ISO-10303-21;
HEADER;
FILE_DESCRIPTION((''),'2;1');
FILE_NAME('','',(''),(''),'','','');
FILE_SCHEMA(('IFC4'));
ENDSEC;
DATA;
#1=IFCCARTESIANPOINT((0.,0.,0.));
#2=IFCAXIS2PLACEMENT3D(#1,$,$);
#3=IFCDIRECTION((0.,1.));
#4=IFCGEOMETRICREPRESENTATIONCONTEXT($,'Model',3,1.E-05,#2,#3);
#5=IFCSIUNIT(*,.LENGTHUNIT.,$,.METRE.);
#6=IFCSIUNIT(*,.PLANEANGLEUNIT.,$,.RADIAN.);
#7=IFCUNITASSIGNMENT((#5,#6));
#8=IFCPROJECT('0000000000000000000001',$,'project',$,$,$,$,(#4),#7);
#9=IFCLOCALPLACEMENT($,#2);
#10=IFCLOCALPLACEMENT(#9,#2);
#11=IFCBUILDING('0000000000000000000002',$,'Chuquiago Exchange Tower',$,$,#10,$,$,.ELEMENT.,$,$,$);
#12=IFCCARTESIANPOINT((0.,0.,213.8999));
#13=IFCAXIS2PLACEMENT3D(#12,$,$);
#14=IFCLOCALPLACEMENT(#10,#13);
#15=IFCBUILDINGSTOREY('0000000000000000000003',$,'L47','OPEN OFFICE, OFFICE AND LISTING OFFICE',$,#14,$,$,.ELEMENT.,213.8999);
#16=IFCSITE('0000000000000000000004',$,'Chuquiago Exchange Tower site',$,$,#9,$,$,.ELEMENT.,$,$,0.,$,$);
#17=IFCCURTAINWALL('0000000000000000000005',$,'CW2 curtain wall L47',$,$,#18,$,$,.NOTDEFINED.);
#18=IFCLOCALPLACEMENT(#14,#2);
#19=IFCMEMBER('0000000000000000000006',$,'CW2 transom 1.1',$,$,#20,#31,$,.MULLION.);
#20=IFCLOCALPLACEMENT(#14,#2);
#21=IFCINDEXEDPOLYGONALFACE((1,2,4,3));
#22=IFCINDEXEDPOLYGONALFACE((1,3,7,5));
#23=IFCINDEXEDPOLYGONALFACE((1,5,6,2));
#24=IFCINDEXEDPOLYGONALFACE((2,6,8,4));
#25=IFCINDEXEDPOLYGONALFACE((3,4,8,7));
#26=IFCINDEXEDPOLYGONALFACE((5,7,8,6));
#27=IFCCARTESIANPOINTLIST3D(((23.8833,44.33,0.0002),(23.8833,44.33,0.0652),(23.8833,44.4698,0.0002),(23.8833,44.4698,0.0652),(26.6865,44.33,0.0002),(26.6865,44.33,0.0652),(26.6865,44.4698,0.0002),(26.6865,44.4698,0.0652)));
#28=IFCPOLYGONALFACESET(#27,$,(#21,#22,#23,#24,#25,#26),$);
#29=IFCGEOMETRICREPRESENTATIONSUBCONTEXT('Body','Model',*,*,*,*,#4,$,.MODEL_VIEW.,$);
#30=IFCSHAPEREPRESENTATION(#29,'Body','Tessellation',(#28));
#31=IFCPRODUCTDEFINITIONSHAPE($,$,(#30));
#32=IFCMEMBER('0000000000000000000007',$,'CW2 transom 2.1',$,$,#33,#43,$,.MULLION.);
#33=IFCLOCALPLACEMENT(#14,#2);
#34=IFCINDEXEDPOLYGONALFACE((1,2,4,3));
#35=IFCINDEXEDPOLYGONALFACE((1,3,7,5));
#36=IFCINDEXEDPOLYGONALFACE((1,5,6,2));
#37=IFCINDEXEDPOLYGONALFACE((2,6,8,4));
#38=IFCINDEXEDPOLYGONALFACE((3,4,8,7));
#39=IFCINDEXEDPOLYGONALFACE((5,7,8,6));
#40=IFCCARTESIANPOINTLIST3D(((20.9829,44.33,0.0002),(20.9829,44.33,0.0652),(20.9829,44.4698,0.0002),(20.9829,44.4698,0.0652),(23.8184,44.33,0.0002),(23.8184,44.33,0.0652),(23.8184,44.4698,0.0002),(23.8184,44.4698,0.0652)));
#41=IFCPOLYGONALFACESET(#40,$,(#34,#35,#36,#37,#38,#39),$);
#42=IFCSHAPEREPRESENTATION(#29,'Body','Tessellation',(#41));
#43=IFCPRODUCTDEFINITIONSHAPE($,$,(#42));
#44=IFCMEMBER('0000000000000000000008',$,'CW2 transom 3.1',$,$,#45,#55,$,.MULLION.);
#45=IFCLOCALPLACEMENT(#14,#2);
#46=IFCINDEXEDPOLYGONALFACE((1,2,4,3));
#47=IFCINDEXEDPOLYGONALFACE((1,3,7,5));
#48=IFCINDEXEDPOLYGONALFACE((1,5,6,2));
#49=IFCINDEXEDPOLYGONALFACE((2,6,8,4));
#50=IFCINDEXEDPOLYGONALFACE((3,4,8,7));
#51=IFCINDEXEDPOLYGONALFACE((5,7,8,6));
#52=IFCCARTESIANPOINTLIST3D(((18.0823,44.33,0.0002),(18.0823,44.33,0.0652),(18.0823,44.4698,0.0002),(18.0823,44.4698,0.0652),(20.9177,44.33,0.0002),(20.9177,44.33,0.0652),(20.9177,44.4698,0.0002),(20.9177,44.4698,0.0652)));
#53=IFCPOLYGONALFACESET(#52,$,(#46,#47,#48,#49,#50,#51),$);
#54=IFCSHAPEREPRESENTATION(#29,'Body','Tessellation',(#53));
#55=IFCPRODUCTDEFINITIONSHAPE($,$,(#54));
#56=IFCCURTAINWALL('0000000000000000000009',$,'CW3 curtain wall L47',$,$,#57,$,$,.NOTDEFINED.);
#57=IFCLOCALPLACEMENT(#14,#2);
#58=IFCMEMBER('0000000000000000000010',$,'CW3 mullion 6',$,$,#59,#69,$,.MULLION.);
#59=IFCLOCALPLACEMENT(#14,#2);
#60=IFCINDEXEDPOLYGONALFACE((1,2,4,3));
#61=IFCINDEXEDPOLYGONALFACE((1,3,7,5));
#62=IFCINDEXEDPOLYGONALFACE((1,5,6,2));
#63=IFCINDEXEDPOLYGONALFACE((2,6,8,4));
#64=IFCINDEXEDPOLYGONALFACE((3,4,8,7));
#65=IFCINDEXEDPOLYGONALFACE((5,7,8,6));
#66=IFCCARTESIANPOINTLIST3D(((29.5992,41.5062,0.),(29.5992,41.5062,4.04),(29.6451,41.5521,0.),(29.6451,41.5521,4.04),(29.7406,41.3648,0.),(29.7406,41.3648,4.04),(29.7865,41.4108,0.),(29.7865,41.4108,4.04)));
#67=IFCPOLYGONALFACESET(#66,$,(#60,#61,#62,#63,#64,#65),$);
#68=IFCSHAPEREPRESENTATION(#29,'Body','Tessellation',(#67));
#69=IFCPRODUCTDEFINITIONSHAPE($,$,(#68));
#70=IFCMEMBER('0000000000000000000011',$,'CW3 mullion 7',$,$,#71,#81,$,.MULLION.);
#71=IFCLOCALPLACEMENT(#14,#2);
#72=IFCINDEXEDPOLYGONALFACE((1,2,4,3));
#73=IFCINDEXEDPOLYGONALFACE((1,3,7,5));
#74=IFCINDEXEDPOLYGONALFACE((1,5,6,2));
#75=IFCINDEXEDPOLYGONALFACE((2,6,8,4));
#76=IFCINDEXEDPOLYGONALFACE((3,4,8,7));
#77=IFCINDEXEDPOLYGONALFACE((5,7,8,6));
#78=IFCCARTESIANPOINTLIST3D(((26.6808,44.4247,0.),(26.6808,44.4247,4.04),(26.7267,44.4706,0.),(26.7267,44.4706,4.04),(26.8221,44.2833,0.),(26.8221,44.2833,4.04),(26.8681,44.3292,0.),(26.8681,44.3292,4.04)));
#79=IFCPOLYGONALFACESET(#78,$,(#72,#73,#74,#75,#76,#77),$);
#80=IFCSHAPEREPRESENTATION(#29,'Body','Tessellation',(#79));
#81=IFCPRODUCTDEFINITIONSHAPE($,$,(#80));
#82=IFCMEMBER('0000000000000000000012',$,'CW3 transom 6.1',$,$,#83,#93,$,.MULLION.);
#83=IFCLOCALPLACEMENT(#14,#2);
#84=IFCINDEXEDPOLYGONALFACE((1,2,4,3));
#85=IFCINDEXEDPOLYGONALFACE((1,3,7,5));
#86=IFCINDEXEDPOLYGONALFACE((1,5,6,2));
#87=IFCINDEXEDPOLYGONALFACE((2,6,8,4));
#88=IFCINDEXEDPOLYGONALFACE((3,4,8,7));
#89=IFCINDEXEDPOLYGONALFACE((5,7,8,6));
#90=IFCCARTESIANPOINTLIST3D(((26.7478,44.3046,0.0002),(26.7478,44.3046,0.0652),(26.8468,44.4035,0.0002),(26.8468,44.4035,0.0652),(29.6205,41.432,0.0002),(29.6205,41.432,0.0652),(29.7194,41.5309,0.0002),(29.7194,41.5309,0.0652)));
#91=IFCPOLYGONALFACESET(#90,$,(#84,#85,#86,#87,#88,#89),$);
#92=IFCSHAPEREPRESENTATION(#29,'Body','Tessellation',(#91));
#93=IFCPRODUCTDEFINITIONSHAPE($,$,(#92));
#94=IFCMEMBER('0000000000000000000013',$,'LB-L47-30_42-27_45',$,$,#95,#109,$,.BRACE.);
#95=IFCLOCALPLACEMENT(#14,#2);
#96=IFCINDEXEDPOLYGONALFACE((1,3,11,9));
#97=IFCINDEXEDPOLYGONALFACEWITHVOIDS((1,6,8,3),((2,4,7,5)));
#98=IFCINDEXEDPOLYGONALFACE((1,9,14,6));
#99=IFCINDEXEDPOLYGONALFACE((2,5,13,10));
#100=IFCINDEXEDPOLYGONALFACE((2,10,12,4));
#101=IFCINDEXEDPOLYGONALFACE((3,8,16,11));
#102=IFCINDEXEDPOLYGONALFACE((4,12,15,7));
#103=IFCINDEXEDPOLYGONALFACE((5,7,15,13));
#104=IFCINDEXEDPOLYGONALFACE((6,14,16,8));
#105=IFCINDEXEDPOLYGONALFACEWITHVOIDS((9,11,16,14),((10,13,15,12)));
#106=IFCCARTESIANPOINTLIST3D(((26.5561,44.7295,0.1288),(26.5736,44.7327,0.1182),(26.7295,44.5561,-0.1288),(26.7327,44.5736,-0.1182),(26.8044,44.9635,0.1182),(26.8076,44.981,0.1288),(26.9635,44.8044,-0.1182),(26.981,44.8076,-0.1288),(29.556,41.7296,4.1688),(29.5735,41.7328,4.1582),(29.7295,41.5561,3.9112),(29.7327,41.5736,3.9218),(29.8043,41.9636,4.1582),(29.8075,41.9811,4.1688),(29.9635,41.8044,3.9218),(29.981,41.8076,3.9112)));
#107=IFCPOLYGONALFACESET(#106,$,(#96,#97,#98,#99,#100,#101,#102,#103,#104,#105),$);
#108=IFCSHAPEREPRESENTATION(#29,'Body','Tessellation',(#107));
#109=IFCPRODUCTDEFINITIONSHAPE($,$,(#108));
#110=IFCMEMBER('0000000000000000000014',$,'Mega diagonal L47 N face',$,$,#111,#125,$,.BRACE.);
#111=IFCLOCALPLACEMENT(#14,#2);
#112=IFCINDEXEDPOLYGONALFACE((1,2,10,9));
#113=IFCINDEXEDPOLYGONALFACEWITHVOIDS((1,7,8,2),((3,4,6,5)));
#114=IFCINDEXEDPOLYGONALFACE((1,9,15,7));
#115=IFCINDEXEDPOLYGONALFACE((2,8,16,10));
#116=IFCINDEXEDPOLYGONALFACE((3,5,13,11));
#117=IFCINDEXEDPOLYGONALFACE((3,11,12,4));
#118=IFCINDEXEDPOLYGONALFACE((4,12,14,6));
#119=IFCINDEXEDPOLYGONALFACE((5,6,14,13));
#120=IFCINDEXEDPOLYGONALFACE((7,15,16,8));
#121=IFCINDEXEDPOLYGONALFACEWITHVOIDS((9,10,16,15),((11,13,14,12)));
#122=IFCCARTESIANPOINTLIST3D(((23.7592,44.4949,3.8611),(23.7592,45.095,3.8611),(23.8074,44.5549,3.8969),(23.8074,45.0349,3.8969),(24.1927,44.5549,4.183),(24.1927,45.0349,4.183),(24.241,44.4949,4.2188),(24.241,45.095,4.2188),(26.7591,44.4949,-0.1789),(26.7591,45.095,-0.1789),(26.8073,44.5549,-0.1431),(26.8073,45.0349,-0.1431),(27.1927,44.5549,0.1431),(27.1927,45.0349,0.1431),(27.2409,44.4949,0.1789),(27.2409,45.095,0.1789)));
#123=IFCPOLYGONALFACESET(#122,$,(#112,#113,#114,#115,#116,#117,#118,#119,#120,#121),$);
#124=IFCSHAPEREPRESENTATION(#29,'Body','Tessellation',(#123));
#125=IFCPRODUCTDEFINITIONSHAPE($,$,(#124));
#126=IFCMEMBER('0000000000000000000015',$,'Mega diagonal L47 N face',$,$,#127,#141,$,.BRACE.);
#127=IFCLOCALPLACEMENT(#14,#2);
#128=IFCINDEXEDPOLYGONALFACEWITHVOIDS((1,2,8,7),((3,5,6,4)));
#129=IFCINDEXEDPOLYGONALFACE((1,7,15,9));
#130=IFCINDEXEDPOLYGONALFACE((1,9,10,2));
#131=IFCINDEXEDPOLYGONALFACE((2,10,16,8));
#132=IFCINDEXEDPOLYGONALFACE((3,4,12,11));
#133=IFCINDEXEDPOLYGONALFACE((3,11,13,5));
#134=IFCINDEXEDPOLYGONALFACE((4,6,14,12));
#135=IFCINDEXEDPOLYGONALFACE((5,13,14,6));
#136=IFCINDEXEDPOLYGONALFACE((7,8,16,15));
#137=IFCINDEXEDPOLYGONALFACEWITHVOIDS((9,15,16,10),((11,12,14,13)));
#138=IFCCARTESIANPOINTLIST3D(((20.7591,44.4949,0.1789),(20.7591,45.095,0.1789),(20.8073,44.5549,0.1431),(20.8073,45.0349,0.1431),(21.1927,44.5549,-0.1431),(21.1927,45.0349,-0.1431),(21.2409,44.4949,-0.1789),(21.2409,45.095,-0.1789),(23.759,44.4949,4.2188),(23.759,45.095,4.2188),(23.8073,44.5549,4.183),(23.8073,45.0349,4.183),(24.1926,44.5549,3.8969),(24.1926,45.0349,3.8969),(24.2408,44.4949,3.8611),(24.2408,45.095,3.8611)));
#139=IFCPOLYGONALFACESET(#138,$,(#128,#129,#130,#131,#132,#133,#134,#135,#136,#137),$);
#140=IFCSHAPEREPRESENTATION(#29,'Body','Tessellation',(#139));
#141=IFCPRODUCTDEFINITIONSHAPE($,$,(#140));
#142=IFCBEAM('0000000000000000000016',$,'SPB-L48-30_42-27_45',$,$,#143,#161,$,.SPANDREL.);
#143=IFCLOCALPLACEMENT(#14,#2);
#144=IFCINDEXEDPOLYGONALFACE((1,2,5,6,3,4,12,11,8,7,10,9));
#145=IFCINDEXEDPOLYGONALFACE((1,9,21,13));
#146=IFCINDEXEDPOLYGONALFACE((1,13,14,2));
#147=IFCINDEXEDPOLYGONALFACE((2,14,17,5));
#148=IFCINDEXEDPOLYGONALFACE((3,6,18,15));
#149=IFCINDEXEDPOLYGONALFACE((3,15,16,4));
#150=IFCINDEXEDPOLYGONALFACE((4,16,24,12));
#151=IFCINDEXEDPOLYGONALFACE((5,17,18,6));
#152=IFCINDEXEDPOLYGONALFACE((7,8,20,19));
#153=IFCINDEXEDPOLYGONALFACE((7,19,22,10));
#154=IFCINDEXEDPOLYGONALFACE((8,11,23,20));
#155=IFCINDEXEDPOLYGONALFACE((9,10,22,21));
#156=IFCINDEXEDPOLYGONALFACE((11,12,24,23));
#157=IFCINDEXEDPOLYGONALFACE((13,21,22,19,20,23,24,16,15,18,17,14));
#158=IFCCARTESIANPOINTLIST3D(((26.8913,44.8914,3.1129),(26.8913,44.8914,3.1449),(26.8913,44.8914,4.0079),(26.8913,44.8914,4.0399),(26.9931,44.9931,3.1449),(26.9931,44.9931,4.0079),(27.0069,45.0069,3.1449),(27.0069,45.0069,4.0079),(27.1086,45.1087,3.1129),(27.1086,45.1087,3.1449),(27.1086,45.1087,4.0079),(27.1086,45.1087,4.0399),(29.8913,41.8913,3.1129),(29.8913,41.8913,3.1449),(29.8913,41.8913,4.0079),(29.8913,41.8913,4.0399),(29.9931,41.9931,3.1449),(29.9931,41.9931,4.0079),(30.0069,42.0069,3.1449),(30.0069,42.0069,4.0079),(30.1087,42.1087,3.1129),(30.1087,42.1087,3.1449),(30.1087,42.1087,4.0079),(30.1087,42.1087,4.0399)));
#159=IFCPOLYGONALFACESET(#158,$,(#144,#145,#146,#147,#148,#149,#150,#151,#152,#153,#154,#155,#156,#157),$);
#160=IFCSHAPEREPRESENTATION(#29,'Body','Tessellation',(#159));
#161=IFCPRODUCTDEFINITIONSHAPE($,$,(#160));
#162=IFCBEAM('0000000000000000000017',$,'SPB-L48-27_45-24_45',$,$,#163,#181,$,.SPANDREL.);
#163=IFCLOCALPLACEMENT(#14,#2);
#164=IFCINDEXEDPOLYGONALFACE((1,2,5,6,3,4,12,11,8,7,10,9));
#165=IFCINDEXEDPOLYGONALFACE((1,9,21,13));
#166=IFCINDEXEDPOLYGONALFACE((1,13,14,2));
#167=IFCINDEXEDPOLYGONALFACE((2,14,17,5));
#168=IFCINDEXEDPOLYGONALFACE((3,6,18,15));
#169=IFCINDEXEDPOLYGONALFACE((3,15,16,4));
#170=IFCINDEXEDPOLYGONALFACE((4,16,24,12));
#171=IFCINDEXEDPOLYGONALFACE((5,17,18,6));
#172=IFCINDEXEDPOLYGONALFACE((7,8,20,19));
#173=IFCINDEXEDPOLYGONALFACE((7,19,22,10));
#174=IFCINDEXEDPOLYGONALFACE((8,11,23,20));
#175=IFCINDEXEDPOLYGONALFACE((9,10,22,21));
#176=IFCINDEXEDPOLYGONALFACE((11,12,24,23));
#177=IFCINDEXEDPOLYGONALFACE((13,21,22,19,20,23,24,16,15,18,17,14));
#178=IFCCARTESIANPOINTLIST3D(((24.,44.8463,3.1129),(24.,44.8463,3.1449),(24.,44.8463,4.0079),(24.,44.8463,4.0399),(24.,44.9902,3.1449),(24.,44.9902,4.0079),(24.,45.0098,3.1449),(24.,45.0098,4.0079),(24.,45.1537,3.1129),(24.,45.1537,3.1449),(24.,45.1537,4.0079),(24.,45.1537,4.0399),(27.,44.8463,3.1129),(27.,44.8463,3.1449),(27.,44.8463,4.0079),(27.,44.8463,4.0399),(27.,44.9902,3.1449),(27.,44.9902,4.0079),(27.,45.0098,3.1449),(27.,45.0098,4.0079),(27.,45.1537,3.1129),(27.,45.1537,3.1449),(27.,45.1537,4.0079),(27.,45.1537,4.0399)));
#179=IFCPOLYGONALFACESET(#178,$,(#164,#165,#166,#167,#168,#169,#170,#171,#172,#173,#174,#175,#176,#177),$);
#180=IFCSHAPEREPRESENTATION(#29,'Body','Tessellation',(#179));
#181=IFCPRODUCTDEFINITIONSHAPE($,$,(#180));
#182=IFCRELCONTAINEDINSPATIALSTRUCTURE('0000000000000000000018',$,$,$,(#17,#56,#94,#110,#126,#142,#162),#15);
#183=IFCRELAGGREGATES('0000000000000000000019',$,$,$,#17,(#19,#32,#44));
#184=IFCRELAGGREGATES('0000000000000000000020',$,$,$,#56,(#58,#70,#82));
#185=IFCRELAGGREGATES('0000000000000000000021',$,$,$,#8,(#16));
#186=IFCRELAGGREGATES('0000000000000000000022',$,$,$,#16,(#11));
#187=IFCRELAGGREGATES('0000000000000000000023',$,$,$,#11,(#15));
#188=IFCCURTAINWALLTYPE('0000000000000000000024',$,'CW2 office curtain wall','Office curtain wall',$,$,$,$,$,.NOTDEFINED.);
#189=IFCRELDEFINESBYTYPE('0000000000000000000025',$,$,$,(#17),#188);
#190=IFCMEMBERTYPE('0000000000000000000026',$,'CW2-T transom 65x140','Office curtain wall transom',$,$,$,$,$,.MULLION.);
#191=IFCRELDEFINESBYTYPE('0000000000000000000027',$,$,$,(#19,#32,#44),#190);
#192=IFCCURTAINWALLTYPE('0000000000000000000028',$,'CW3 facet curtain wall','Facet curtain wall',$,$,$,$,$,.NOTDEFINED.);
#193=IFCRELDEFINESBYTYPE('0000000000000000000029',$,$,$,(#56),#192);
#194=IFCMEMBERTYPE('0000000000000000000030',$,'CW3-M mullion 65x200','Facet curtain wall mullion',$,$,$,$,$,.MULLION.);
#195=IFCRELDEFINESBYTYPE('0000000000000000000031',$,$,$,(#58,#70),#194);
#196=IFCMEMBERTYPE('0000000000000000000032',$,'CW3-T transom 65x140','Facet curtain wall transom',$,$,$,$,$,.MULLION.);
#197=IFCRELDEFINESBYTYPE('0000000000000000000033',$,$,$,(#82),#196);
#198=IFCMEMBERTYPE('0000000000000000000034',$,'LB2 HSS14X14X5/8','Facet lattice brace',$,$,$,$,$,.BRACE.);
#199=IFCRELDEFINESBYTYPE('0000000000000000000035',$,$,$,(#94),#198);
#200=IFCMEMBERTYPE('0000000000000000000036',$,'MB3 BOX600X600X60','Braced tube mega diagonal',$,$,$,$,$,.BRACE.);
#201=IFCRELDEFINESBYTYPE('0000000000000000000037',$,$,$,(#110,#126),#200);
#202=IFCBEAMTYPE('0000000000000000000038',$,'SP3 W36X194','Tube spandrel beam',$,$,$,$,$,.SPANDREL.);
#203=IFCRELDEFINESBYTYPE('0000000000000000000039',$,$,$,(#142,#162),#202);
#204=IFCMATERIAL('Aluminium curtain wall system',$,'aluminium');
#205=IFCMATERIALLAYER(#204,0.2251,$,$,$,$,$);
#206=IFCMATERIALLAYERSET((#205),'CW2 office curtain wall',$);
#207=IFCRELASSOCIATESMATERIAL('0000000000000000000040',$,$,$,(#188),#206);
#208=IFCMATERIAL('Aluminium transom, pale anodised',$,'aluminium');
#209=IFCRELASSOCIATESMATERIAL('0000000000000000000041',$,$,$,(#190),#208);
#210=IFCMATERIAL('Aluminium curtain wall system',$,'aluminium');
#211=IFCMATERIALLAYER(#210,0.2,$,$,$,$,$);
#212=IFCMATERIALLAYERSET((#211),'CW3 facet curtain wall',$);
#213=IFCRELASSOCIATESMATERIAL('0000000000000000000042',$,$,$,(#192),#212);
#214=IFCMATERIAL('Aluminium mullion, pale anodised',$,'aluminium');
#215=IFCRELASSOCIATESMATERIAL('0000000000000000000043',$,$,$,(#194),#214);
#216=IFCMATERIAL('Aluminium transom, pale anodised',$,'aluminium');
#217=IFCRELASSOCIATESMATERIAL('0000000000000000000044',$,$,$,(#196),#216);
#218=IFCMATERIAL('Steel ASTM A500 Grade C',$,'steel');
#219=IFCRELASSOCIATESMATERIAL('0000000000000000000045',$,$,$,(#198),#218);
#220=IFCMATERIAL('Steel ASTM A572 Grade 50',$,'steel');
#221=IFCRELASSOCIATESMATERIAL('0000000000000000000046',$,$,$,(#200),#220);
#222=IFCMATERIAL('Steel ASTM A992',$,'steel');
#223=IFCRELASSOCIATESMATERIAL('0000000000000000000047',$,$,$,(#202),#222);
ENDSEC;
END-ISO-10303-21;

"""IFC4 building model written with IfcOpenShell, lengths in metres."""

from ifc_helpers import new_model, si_unit, direction, frame, origin, origin_2d, place, context, subcontext, project, spatial, rectangle, hollow_rectangle, i_section, extrude, material, layer, layer_set, material_profile, profile_set, type_object, element, aggregate, save


model = new_model("IFC4")

# Units and contexts
model_context = context("Model", 3, precision=1e-05, world=origin(), true_north=direction((0.0, 1.0)))
body_context = subcontext(model_context, "Body", "Model", "MODEL_VIEW")
ifc_project = project(units=[si_unit("LENGTHUNIT", "METRE"), si_unit("PLANEANGLEUNIT", "RADIAN")], contexts=[model_context])

# Site, building, storey
site_placement = place(None, origin())
site = spatial("IfcSite", under=ifc_project, at=site_placement, Name="Chuquiago Exchange Tower site", CompositionType="ELEMENT", RefElevation=0.0)
building_placement = place(site_placement, origin())
building = spatial("IfcBuilding", under=site, at=building_placement, Name="Chuquiago Exchange Tower", CompositionType="ELEMENT")
storey_placement = place(building_placement, frame((0.0, 0.0, 213.8999)))
storey = spatial("IfcBuildingStorey", under=building, at=storey_placement, Name="L47", Description="OPEN OFFICE, OFFICE AND LISTING OFFICE", CompositionType="ELEMENT", Elevation=213.8999)

# Curtain walls, members
ifc_material_1 = material(Name="Aluminium curtain wall system", Category="aluminium")
ifc_layer_1 = layer(ifc_material_1, 0.2251)
ifc_layer_set_1 = layer_set([ifc_layer_1], Name="CW2 office curtain wall")
curtain_wall_type_1 = type_object("IfcCurtainWallType", Name="CW2 office curtain wall", Description="Office curtain wall", PredefinedType="NOTDEFINED", material=ifc_layer_set_1)
curtain_wall_1_placement = place(storey_placement, origin())
curtain_wall_1 = element("IfcCurtainWall", 1, at=curtain_wall_1_placement, inside=storey, type_object=curtain_wall_type_1, Name="CW2 curtain wall L47", PredefinedType="NOTDEFINED")
ifc_material_2 = material(Name="Aluminium transom, pale anodised", Category="aluminium")
ifc_material_profile_1 = material_profile(ifc_material_2, rectangle(XDim=0.1399, YDim=0.0649, at=origin_2d()), Name="AL 140x65")
ifc_profile_set_1 = profile_set([ifc_material_profile_1], Name="Aluminium transom, pale anodised")
member_type_1 = type_object("IfcMemberType", Name="CW2-T transom 65x140", Description="Office curtain wall transom", PredefinedType="MULLION", material=ifc_profile_set_1)
member_1_placement = place(storey_placement, frame((26.6865, 44.3999, 0.0327), z_axis=(-1.0, 0.0, 0.0), x_axis=(0.0, -1.0, 0.0)))
member_1 = element("IfcMember", 2, at=member_1_placement, type_object=member_type_1, Name="CW2 transom 1.1", PredefinedType="MULLION", context=body_context, shape_type="SweptSolid", body=[
    extrude(rectangle(XDim=0.1399, YDim=0.0649, at=origin_2d()), origin(), (0.0, 0.0, 1.0), 2.8032),
])
member_2_placement = place(storey_placement, frame((23.8184, 44.3999, 0.0327), z_axis=(-1.0, 0.0, 0.0), x_axis=(0.0, -1.0, 0.0)))
member_2 = element("IfcMember", 3, at=member_2_placement, type_object=member_type_1, Name="CW2 transom 2.1", PredefinedType="MULLION", context=body_context, shape_type="SweptSolid", body=[
    extrude(rectangle(XDim=0.1399, YDim=0.0649, at=origin_2d()), origin(), (0.0, 0.0, 1.0), 2.8354),
])
member_3_placement = place(storey_placement, frame((20.9177, 44.3999, 0.0327), z_axis=(-1.0, 0.0, 0.0), x_axis=(0.0, -1.0, 0.0)))
member_3 = element("IfcMember", 4, at=member_3_placement, type_object=member_type_1, Name="CW2 transom 3.1", PredefinedType="MULLION", context=body_context, shape_type="SweptSolid", body=[
    extrude(rectangle(XDim=0.1399, YDim=0.0649, at=origin_2d()), origin(), (0.0, 0.0, 1.0), 2.8354),
])
ifc_material_3 = material(Name="Aluminium curtain wall system", Category="aluminium")
ifc_layer_2 = layer(ifc_material_3, 0.2)
ifc_layer_set_2 = layer_set([ifc_layer_2], Name="CW3 facet curtain wall")
curtain_wall_type_2 = type_object("IfcCurtainWallType", Name="CW3 facet curtain wall", Description="Facet curtain wall", PredefinedType="NOTDEFINED", material=ifc_layer_set_2)
curtain_wall_2_placement = place(storey_placement, origin())
curtain_wall_2 = element("IfcCurtainWall", 5, at=curtain_wall_2_placement, inside=storey, type_object=curtain_wall_type_2, Name="CW3 curtain wall L47", PredefinedType="NOTDEFINED")
ifc_material_4 = material(Name="Aluminium mullion, pale anodised", Category="aluminium")
ifc_material_profile_2 = material_profile(ifc_material_4, rectangle(XDim=0.0649, YDim=0.2, at=origin_2d()), Name="AL 65x200")
ifc_profile_set_2 = profile_set([ifc_material_profile_2], Name="Aluminium mullion, pale anodised")
member_type_2 = type_object("IfcMemberType", Name="CW3-M mullion 65x200", Description="Facet curtain wall mullion", PredefinedType="MULLION", material=ifc_profile_set_2)
member_4_placement = place(storey_placement, frame((29.6929, 41.4585, 0.0), z_axis=(0.0, 0.0, 1.0), x_axis=(-0.707107, -0.707107, 0.0)))
member_4 = element("IfcMember", 6, at=member_4_placement, type_object=member_type_2, Name="CW3 mullion 6", PredefinedType="MULLION", context=body_context, shape_type="SweptSolid", body=[
    extrude(rectangle(XDim=0.0649, YDim=0.2, at=origin_2d()), origin(), (0.0, 0.0, 1.0), 4.04),
])
member_5_placement = place(storey_placement, frame((26.7744, 44.377, 0.0), z_axis=(0.0, 0.0, 1.0), x_axis=(-0.707107, -0.707107, 0.0)))
member_5 = element("IfcMember", 7, at=member_5_placement, type_object=member_type_2, Name="CW3 mullion 7", PredefinedType="MULLION", context=body_context, shape_type="SweptSolid", body=[
    extrude(rectangle(XDim=0.0649, YDim=0.2, at=origin_2d()), origin(), (0.0, 0.0, 1.0), 4.04),
])
ifc_material_5 = material(Name="Aluminium transom, pale anodised", Category="aluminium")
ifc_material_profile_3 = material_profile(ifc_material_5, rectangle(XDim=0.1399, YDim=0.0649, at=origin_2d()), Name="AL 140x65")
ifc_profile_set_3 = profile_set([ifc_material_profile_3], Name="Aluminium transom, pale anodised")
member_type_3 = type_object("IfcMemberType", Name="CW3-T transom 65x140", Description="Facet curtain wall transom", PredefinedType="MULLION", material=ifc_profile_set_3)
member_6_placement = place(storey_placement, frame((29.6699, 41.4814, 0.0327), z_axis=(-0.707107, 0.707107, 0.0), x_axis=(-0.707107, -0.707107, 0.0)))
member_6 = element("IfcMember", 8, at=member_6_placement, type_object=member_type_3, Name="CW3 transom 6.1", PredefinedType="MULLION", context=body_context, shape_type="SweptSolid", body=[
    extrude(rectangle(XDim=0.1399, YDim=0.0649, at=origin_2d()), origin(), (0.0, 0.0, 1.0), 4.0625),
])

# Members
ifc_material_6 = material(Name="Steel ASTM A500 Grade C", Category="steel")
ifc_material_profile_4 = material_profile(ifc_material_6, hollow_rectangle(XDim=0.3557, YDim=0.3557, WallThickness=0.0146, at=origin_2d()), Name="HSS14X14X5/8")
ifc_profile_set_4 = profile_set([ifc_material_profile_4], Name="Steel ASTM A500 Grade C")
member_type_4 = type_object("IfcMemberType", Name="LB2 HSS14X14X5/8", Description="Facet lattice brace", PredefinedType="BRACE", material=ifc_profile_set_4)
member_7_placement = place(storey_placement, frame((26.7686, 44.7686, 0.0), z_axis=(0.512077, -0.512077, 0.689604), x_axis=(0.707107, 0.707107, 0.0)))
element("IfcMember", 9, at=member_7_placement, inside=storey, type_object=member_type_4, Name="LB-L47-30_42-27_45", PredefinedType="BRACE", context=body_context, shape_type="SweptSolid", body=[
    extrude(hollow_rectangle(XDim=0.3557, YDim=0.3557, WallThickness=0.0146, at=origin_2d()), origin(), (0.0, 0.0, 1.0), 5.8584),
])
ifc_material_7 = material(Name="Steel ASTM A572 Grade 50", Category="steel")
ifc_material_profile_5 = material_profile(ifc_material_7, hollow_rectangle(XDim=0.6001, YDim=0.6001, WallThickness=0.0601, at=origin_2d()), Name="BOX600X600X60")
ifc_profile_set_5 = profile_set([ifc_material_profile_5], Name="Steel ASTM A572 Grade 50")
member_type_5 = type_object("IfcMemberType", Name="MB3 BOX600X600X60", Description="Braced tube mega diagonal", PredefinedType="BRACE", material=ifc_profile_set_5)
for number, where, z_axis, x_axis, name in (
    (10, (27.0, 44.7949, 0.0), (-0.596174, 0.0, 0.802855), (0.0, -1.0, 0.0), "Mega diagonal L47 N face"),
    (11, (21.0, 44.7949, 0.0), (0.596174, 0.0, 0.802855), (0.0, 1.0, 0.0), "Mega diagonal L47 N face"),
):
    element("IfcMember", number, at=place(storey_placement, frame(where, z_axis=z_axis, x_axis=x_axis)), inside=storey, type_object=member_type_5, Name=name, PredefinedType="BRACE", context=body_context, shape_type="SweptSolid", body=[
        extrude(hollow_rectangle(XDim=0.6001, YDim=0.6001, WallThickness=0.0601, at=origin_2d()), origin(), (0.0, 0.0, 1.0), 5.032),
    ])

# Beams
ifc_material_8 = material(Name="Steel ASTM A992", Category="steel")
ifc_material_profile_6 = material_profile(ifc_material_8, i_section(OverallWidth=0.3074, OverallDepth=0.927, WebThickness=0.0195, FlangeThickness=0.032, at=origin_2d()), Name="W36X194")
ifc_profile_set_6 = profile_set([ifc_material_profile_6], Name="Steel ASTM A992")
beam_type_1 = type_object("IfcBeamType", Name="SP3 W36X194", Description="Tube spandrel beam", PredefinedType="SPANDREL", material=ifc_profile_set_6)
beam_1_placement = place(storey_placement, frame((30.0, 42.0, 3.5764), z_axis=(-0.707107, 0.707107, 0.0), x_axis=(-0.707107, -0.707107, 0.0)))
element("IfcBeam", 12, at=beam_1_placement, inside=storey, type_object=beam_type_1, Name="SPB-L48-30_42-27_45", PredefinedType="SPANDREL", context=body_context, shape_type="SweptSolid", body=[
    extrude(i_section(OverallWidth=0.3074, OverallDepth=0.927, WebThickness=0.0195, FlangeThickness=0.032, at=origin_2d()), origin(), (0.0, 0.0, 1.0), 4.2427),
])
for number, where, z_axis, x_axis, name in (
    (13, (27.0, 45.0, 3.5764), (-1.0, 0.0, 0.0), (0.0, -1.0, 0.0), "SPB-L48-27_45-24_45"),
):
    element("IfcBeam", number, at=place(storey_placement, frame(where, z_axis=z_axis, x_axis=x_axis)), inside=storey, type_object=beam_type_1, Name=name, PredefinedType="SPANDREL", context=body_context, shape_type="SweptSolid", body=[
        extrude(i_section(OverallWidth=0.3074, OverallDepth=0.927, WebThickness=0.0195, FlangeThickness=0.032, at=origin_2d()), origin(), (0.0, 0.0, 1.0), 3.0),
    ])

aggregate(curtain_wall_1, [member_1, member_2, member_3])
aggregate(curtain_wall_2, [member_4, member_5, member_6])

save(model, "model.ifc")
